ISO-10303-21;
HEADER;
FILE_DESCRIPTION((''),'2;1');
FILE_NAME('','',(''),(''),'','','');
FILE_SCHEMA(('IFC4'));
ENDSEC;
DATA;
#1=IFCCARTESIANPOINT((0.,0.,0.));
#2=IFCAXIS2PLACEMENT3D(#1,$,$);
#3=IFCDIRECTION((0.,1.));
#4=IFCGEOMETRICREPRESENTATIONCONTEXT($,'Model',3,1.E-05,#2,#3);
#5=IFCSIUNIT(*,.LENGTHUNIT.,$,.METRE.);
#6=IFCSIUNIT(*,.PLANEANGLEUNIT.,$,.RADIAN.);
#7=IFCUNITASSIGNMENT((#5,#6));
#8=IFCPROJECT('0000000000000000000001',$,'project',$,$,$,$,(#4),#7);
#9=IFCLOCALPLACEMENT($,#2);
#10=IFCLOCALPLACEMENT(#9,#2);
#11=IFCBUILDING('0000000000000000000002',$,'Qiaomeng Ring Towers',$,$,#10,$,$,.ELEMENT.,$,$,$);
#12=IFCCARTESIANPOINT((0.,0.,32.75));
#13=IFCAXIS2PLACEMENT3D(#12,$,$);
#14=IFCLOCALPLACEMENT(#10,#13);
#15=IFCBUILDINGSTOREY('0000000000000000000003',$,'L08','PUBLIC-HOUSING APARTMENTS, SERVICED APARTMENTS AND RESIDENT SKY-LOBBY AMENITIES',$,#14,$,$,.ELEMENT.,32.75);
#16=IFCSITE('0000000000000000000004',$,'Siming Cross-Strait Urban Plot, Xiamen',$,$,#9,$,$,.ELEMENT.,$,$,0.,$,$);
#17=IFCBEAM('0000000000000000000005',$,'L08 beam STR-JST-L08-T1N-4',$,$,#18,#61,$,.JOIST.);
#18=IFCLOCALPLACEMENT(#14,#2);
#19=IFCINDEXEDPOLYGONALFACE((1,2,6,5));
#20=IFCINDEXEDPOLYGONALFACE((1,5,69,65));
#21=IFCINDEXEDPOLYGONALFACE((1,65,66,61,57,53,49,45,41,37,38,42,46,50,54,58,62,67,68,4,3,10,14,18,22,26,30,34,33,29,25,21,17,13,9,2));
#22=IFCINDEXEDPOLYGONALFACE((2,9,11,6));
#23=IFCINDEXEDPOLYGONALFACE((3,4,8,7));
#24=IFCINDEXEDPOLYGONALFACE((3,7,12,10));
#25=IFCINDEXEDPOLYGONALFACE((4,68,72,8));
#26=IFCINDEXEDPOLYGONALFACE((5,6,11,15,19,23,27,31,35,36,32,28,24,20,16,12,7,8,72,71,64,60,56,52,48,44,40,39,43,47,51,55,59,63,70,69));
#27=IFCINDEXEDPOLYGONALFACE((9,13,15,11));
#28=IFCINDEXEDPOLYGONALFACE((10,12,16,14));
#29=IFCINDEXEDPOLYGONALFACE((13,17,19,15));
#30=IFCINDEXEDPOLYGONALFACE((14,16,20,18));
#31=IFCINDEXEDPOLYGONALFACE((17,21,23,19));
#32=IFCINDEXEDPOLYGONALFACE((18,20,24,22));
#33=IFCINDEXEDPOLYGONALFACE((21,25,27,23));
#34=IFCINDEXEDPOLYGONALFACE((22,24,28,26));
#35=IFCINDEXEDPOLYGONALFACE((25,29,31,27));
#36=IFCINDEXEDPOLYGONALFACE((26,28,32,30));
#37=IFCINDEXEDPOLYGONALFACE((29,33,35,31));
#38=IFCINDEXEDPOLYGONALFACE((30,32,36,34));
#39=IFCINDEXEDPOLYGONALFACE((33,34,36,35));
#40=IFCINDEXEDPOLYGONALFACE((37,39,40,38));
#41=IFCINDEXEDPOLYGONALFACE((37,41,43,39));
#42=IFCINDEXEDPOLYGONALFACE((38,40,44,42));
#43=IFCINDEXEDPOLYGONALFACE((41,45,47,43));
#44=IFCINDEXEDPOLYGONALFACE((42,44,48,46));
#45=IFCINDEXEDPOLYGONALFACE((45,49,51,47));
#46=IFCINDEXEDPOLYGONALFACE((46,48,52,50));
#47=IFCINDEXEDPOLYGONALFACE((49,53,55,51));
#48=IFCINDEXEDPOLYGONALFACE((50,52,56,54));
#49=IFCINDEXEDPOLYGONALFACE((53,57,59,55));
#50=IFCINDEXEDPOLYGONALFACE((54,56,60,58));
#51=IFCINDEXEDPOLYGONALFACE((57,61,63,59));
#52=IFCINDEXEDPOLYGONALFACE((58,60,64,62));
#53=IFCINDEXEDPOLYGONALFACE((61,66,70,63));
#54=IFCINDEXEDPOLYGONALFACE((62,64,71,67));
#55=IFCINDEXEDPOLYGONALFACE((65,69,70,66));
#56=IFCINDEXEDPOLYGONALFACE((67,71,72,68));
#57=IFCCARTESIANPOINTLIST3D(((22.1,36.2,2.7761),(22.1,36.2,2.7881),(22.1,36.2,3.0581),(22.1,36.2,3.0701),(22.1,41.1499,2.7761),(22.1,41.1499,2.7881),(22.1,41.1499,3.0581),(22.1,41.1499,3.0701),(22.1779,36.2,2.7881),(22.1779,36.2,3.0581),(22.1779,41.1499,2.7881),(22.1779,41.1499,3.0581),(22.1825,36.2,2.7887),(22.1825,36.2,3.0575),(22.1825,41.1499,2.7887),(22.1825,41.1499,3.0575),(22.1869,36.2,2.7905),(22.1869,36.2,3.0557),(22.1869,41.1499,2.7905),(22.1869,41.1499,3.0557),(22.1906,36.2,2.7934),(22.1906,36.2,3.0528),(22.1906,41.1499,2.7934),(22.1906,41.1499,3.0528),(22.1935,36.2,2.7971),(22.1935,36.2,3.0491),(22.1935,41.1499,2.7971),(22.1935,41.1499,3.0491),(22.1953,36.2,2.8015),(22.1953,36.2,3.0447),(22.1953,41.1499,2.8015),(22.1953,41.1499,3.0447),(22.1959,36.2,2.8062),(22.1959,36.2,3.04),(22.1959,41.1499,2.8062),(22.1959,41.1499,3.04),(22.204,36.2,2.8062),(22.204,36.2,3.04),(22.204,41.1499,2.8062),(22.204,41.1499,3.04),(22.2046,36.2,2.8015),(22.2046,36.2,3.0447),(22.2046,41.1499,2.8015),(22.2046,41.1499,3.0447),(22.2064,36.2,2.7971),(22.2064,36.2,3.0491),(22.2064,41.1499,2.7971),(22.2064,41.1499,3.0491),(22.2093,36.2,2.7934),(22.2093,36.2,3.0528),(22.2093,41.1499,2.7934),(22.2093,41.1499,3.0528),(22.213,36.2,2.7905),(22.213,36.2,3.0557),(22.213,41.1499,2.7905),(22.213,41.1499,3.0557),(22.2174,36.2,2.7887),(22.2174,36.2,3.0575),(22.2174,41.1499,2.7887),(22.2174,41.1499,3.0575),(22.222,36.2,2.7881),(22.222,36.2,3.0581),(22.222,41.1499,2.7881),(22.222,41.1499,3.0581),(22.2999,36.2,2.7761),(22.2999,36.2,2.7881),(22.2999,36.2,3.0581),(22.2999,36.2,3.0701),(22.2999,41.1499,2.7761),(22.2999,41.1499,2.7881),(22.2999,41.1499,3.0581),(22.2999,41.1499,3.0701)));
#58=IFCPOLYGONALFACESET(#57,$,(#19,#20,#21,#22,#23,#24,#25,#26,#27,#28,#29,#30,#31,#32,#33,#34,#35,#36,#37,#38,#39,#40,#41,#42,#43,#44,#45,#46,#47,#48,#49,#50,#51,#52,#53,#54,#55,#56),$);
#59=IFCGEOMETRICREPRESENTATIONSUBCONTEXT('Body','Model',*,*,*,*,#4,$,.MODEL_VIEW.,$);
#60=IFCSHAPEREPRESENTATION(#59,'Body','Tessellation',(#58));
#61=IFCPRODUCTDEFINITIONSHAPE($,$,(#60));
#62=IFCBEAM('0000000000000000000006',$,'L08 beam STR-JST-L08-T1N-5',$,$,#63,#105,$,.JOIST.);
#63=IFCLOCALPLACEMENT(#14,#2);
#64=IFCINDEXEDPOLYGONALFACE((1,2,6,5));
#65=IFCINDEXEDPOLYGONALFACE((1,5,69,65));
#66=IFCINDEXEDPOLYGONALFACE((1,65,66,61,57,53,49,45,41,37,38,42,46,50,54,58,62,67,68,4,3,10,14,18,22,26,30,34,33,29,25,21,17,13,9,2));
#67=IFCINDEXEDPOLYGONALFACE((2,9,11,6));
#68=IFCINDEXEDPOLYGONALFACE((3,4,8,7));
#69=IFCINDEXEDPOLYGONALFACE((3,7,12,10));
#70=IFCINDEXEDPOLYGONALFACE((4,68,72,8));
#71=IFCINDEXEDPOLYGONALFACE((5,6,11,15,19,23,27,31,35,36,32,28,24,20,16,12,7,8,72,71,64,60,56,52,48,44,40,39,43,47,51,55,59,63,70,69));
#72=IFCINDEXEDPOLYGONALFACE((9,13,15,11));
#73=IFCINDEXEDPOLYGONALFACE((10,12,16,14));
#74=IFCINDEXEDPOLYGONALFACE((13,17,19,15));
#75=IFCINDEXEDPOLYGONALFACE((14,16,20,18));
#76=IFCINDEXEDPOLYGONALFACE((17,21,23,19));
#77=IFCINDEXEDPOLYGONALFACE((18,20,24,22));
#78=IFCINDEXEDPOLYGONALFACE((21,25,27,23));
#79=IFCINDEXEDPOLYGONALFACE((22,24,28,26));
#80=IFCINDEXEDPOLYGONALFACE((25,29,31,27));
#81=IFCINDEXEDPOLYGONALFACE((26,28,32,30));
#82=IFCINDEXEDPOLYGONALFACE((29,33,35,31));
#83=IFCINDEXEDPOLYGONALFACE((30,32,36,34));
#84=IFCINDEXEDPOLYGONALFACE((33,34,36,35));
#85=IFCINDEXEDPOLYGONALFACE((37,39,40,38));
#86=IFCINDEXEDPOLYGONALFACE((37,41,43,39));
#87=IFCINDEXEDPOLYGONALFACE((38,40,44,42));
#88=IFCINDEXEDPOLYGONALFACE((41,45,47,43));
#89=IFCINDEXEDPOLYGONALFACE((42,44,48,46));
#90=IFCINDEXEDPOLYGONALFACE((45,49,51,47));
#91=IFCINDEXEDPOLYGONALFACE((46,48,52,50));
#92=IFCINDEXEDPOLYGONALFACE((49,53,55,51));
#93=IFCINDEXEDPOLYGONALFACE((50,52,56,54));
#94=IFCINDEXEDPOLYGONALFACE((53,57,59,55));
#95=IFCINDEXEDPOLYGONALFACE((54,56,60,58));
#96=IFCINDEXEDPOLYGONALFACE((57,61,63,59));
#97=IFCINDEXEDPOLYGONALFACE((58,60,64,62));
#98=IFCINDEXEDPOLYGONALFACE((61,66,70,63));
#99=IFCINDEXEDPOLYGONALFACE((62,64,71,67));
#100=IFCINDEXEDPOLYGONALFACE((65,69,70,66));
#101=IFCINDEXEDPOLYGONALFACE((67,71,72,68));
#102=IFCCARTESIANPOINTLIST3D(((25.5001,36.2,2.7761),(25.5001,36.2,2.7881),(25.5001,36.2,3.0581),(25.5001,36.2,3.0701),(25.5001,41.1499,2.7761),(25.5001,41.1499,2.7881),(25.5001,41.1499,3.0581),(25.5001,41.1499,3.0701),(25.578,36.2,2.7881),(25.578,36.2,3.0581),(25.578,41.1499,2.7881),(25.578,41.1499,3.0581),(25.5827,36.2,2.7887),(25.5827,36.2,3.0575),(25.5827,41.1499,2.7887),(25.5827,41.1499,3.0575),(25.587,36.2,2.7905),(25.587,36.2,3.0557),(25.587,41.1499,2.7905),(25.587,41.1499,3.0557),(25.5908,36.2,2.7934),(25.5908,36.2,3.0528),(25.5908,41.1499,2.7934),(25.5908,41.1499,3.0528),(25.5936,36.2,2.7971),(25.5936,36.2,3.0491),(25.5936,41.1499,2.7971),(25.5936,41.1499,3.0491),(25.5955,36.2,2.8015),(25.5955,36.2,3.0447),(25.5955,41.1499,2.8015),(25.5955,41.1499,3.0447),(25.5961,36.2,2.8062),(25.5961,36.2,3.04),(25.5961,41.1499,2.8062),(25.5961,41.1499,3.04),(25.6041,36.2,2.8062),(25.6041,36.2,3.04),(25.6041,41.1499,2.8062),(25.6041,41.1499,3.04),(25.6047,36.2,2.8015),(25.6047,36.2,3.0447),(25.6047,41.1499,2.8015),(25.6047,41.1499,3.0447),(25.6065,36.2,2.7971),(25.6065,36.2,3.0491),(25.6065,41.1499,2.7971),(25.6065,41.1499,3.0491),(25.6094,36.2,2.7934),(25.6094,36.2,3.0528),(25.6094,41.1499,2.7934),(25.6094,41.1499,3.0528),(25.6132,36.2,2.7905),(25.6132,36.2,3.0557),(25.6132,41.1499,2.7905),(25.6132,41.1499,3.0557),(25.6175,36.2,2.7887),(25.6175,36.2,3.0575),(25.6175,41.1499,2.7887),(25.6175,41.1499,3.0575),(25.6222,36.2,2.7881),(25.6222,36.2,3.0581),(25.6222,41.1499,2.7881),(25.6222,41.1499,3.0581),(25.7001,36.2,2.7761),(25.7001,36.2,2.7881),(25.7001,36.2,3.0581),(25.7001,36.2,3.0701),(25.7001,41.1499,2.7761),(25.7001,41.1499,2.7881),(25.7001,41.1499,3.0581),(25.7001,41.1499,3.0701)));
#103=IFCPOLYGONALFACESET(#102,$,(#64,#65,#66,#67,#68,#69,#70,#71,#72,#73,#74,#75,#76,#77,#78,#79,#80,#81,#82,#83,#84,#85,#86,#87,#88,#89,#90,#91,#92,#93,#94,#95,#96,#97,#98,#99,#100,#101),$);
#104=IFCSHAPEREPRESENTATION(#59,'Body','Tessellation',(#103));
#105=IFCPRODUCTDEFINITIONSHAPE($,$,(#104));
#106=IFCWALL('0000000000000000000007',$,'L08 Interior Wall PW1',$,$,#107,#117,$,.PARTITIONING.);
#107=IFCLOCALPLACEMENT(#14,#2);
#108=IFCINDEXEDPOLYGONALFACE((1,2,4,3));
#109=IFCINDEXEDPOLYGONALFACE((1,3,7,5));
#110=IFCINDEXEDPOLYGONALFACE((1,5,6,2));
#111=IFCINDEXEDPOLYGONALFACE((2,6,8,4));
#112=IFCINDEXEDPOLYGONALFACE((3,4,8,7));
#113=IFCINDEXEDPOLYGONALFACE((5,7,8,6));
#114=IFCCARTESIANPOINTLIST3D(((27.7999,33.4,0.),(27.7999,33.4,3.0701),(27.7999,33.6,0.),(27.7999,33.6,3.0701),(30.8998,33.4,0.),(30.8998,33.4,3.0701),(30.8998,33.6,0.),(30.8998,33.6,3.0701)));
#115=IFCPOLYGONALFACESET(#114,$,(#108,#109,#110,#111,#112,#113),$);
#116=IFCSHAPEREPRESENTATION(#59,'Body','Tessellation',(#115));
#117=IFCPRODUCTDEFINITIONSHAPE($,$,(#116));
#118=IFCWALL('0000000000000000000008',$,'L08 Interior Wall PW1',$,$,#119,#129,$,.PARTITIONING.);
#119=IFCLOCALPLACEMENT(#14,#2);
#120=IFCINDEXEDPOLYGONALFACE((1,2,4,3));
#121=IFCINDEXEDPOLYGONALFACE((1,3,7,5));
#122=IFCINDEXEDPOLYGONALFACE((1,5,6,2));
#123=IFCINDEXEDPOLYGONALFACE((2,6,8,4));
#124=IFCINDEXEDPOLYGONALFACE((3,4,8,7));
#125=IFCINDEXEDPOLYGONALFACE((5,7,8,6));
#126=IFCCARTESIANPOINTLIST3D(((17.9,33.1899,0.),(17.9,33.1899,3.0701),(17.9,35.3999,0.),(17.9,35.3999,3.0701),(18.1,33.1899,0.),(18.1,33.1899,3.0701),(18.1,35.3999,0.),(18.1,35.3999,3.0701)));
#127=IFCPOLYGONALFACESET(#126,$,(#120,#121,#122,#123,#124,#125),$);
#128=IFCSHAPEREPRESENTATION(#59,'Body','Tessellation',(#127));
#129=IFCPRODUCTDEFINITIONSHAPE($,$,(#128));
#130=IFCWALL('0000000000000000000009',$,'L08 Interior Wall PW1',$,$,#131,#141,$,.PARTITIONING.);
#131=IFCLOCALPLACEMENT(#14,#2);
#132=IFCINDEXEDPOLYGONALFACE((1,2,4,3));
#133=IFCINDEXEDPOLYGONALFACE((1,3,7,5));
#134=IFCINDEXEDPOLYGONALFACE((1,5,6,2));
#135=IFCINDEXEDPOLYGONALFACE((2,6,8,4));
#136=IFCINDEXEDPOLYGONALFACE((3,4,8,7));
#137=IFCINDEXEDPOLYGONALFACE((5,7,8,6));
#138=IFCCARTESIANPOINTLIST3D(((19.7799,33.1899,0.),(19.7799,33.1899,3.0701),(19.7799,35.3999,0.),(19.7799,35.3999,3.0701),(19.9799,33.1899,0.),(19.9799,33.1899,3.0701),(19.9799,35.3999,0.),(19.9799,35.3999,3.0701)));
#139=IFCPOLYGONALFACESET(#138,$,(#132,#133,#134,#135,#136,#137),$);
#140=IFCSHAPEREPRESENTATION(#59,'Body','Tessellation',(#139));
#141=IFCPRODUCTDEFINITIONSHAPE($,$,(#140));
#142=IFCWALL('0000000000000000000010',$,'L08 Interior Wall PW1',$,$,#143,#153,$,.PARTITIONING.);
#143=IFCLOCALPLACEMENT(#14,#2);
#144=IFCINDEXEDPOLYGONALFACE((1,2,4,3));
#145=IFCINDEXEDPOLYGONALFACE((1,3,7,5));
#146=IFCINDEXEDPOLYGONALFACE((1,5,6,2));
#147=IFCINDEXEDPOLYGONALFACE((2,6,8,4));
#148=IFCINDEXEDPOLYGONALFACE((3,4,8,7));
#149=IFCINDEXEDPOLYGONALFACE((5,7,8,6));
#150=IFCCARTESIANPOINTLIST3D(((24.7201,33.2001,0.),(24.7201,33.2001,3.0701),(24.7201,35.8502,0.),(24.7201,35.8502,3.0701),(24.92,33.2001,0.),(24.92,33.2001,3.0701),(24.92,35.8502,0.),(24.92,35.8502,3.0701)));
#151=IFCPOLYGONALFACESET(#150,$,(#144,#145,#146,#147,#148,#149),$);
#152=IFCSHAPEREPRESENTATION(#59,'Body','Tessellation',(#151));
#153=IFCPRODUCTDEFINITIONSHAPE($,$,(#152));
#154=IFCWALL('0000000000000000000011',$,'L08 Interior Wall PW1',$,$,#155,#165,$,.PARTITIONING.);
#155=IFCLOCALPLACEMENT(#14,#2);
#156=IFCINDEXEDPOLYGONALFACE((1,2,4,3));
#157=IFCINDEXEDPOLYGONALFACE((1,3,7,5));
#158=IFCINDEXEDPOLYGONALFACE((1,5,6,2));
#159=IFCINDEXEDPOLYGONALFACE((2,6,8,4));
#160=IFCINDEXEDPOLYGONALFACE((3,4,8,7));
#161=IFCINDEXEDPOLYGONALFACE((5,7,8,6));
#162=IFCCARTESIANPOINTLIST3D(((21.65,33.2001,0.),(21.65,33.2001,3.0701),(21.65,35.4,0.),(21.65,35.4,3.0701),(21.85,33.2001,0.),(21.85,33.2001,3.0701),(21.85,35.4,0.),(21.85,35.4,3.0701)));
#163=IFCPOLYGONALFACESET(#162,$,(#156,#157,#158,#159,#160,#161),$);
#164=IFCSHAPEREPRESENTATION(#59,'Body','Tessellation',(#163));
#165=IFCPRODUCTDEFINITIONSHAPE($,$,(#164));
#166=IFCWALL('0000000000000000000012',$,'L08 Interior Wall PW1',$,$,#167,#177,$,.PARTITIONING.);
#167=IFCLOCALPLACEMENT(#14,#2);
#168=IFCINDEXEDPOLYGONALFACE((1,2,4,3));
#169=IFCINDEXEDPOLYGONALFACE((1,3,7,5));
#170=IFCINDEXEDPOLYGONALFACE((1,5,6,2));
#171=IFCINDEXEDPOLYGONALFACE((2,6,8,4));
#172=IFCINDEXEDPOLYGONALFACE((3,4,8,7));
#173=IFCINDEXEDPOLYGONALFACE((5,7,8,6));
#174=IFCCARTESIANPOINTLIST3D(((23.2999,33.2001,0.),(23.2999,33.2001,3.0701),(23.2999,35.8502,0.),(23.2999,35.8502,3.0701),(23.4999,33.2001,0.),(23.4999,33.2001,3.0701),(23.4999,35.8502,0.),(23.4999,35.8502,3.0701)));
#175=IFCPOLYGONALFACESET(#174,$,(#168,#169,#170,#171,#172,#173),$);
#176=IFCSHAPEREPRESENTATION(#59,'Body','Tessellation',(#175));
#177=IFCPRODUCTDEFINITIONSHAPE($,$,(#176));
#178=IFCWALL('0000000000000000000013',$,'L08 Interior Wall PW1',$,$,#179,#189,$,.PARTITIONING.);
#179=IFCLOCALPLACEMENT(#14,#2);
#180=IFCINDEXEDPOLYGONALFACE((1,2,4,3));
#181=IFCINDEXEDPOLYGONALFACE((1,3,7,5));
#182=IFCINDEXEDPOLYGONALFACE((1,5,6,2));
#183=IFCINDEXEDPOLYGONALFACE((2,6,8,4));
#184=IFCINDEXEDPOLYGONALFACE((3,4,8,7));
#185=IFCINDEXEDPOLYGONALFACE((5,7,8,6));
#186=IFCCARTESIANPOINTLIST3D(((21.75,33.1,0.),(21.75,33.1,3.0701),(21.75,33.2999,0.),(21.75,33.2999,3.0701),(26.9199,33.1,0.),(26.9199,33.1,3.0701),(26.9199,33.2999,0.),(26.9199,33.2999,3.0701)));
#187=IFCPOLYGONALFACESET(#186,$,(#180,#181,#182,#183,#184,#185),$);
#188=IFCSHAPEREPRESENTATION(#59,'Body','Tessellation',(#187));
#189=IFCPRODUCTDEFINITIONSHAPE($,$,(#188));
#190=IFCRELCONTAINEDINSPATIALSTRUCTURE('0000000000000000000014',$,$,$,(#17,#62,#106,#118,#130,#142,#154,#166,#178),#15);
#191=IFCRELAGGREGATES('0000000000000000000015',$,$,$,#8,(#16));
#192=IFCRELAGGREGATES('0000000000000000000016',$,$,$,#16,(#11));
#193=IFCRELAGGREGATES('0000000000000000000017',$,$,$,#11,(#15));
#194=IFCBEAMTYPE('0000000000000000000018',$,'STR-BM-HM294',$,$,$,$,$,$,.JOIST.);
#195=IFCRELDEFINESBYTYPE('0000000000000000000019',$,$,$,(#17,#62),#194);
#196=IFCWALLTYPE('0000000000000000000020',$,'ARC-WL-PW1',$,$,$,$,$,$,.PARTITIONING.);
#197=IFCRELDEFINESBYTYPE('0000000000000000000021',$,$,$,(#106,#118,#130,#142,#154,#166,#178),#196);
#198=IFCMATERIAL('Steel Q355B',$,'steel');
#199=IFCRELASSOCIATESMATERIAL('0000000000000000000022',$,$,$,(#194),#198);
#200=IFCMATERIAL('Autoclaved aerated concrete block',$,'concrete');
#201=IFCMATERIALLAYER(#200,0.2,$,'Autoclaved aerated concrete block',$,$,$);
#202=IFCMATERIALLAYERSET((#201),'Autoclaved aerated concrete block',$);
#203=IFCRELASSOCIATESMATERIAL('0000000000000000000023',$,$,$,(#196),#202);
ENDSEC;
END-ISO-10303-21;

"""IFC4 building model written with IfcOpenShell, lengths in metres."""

from ifc_helpers import new_model, si_unit, direction, frame, frame_2d, origin, origin_2d, place, context, subcontext, project, spatial, rectangle, i_section, extrude, source, transform, mapped, material, layer, layer_set, material_profile, profile_set, type_object, element, save


model = new_model("IFC4")

# Units and contexts
model_context = context("Model", 3, precision=1e-05, world=origin(), true_north=direction((0.0, 1.0)))
body_context = subcontext(model_context, "Body", "Model", "MODEL_VIEW")
ifc_project = project(units=[si_unit("LENGTHUNIT", "METRE"), si_unit("PLANEANGLEUNIT", "RADIAN")], contexts=[model_context])

# Site, building, storey
site_placement = place(None, origin())
site = spatial("IfcSite", under=ifc_project, at=site_placement, Name="Siming Cross-Strait Urban Plot, Xiamen", CompositionType="ELEMENT", RefElevation=0.0)
building_placement = place(site_placement, origin())
building = spatial("IfcBuilding", under=site, at=building_placement, Name="Qiaomeng Ring Towers", CompositionType="ELEMENT")
storey_placement = place(building_placement, frame((0.0, 0.0, 32.75)))
storey = spatial("IfcBuildingStorey", under=building, at=storey_placement, Name="L08", Description="PUBLIC-HOUSING APARTMENTS, SERVICED APARTMENTS AND RESIDENT SKY-LOBBY AMENITIES", CompositionType="ELEMENT", Elevation=32.75)

# Beams
ifc_material_1 = material(Name="Steel Q355B", Category="steel")
ifc_material_profile_1 = material_profile(ifc_material_1, i_section(OverallWidth=0.2, OverallDepth=0.2939, WebThickness=0.0081, FlangeThickness=0.012, FilletRadius=0.0181, at=origin_2d()), Name="HM 294x200x8x12")
ifc_profile_set_1 = profile_set([ifc_material_profile_1], Name="Steel Q355B")
beam_type_1 = type_object("IfcBeamType", Name="STR-BM-HM294", PredefinedType="JOIST", material=ifc_profile_set_1)
shared_shape_1 = source(origin(), body_context, "Body", "SweptSolid", [
    extrude(i_section(OverallWidth=0.2, OverallDepth=0.2939, WebThickness=0.0081, FlangeThickness=0.012, FilletRadius=0.0181, at=origin_2d()), origin(), (0.0, 0.0, 1.0), 4.95),
])
for number, where, z_axis, x_axis, name in (
    (1, (22.2, 36.2, 2.9231), (0.0, 1.0, 0.0), (-1.0, 0.0, 0.0), "L08 beam STR-JST-L08-T1N-4"),
    (2, (25.6001, 36.2, 2.9231), (0.0, 1.0, 0.0), (-1.0, 0.0, 0.0), "L08 beam STR-JST-L08-T1N-5"),
):
    element("IfcBeam", number, at=place(storey_placement, frame(where, z_axis=z_axis, x_axis=x_axis)), inside=storey, type_object=beam_type_1, Name=name, PredefinedType="JOIST", context=body_context, shape_type="MappedRepresentation", body=[
        mapped(shared_shape_1, transform((0.0, 0.0, 0.0), x_axis=(1.0, 0.0, 0.0), y_axis=(0.0, 1.0, 0.0), z_axis=(0.0, 0.0, 1.0), scale=1.0)),
    ])

# Walls
ifc_material_2 = material(Name="Autoclaved aerated concrete block", Category="concrete")
ifc_layer_1 = layer(ifc_material_2, 0.2, Name="Autoclaved aerated concrete block")
ifc_layer_set_1 = layer_set([ifc_layer_1], Name="Autoclaved aerated concrete block")
wall_type_1 = type_object("IfcWallType", Name="ARC-WL-PW1", PredefinedType="PARTITIONING", material=ifc_layer_set_1)
wall_1_placement = place(storey_placement, frame((27.8, 33.5, 0.0), z_axis=(0.0, 0.0, 1.0), x_axis=(1.0, 0.0, 0.0)))
element("IfcWall", 3, at=wall_1_placement, inside=storey, type_object=wall_type_1, Name="L08 Interior Wall PW1", PredefinedType="PARTITIONING", context=body_context, shape_type="SweptSolid", body=[
    extrude(rectangle(XDim=3.0999, YDim=0.2, at=frame_2d((1.5498, 0.0))), origin(), (0.0, 0.0, 1.0), 3.0701),
])
for number, where, z_axis, x_axis, name in (
    (4, (18.0, 33.1899, 0.0), (0.0, 0.0, 1.0), (0.0, 1.0, 0.0), "L08 Interior Wall PW1"),
    (5, (19.8799, 33.1899, 0.0), (0.0, 0.0, 1.0), (0.0, 1.0, 0.0), "L08 Interior Wall PW1"),
):
    element("IfcWall", number, at=place(storey_placement, frame(where, z_axis=z_axis, x_axis=x_axis)), inside=storey, type_object=wall_type_1, Name=name, PredefinedType="PARTITIONING", context=body_context, shape_type="SweptSolid", body=[
        extrude(rectangle(XDim=2.21, YDim=0.2, at=frame_2d((1.105, 0.0))), origin(), (0.0, 0.0, 1.0), 3.0701),
    ])
wall_2_placement = place(storey_placement, frame((24.8201, 33.2, 0.0), z_axis=(0.0, 0.0, 1.0), x_axis=(0.0, 1.0, 0.0)))
element("IfcWall", 6, at=wall_2_placement, inside=storey, type_object=wall_type_1, Name="L08 Interior Wall PW1", PredefinedType="PARTITIONING", context=body_context, shape_type="SweptSolid", body=[
    extrude(rectangle(XDim=2.6501, YDim=0.2, at=frame_2d((1.3252, 0.0))), origin(), (0.0, 0.0, 1.0), 3.0701),
])
wall_3_placement = place(storey_placement, frame((21.75, 33.2, 0.0), z_axis=(0.0, 0.0, 1.0), x_axis=(0.0, 1.0, 0.0)))
element("IfcWall", 7, at=wall_3_placement, inside=storey, type_object=wall_type_1, Name="L08 Interior Wall PW1", PredefinedType="PARTITIONING", context=body_context, shape_type="SweptSolid", body=[
    extrude(rectangle(XDim=2.2, YDim=0.2, at=frame_2d((1.1001, 0.0))), origin(), (0.0, 0.0, 1.0), 3.0701),
])
wall_4_placement = place(storey_placement, frame((23.3999, 33.2, 0.0), z_axis=(0.0, 0.0, 1.0), x_axis=(0.0, 1.0, 0.0)))
element("IfcWall", 8, at=wall_4_placement, inside=storey, type_object=wall_type_1, Name="L08 Interior Wall PW1", PredefinedType="PARTITIONING", context=body_context, shape_type="SweptSolid", body=[
    extrude(rectangle(XDim=2.6501, YDim=0.2, at=frame_2d((1.3252, 0.0))), origin(), (0.0, 0.0, 1.0), 3.0701),
])
wall_5_placement = place(storey_placement, frame((21.75, 33.2, 0.0), z_axis=(0.0, 0.0, 1.0), x_axis=(1.0, 0.0, 0.0)))
element("IfcWall", 9, at=wall_5_placement, inside=storey, type_object=wall_type_1, Name="L08 Interior Wall PW1", PredefinedType="PARTITIONING", context=body_context, shape_type="SweptSolid", body=[
    extrude(rectangle(XDim=5.1699, YDim=0.2, at=frame_2d((2.585, 0.0))), origin(), (0.0, 0.0, 1.0), 3.0701),
])

save(model, "model.ifc")
